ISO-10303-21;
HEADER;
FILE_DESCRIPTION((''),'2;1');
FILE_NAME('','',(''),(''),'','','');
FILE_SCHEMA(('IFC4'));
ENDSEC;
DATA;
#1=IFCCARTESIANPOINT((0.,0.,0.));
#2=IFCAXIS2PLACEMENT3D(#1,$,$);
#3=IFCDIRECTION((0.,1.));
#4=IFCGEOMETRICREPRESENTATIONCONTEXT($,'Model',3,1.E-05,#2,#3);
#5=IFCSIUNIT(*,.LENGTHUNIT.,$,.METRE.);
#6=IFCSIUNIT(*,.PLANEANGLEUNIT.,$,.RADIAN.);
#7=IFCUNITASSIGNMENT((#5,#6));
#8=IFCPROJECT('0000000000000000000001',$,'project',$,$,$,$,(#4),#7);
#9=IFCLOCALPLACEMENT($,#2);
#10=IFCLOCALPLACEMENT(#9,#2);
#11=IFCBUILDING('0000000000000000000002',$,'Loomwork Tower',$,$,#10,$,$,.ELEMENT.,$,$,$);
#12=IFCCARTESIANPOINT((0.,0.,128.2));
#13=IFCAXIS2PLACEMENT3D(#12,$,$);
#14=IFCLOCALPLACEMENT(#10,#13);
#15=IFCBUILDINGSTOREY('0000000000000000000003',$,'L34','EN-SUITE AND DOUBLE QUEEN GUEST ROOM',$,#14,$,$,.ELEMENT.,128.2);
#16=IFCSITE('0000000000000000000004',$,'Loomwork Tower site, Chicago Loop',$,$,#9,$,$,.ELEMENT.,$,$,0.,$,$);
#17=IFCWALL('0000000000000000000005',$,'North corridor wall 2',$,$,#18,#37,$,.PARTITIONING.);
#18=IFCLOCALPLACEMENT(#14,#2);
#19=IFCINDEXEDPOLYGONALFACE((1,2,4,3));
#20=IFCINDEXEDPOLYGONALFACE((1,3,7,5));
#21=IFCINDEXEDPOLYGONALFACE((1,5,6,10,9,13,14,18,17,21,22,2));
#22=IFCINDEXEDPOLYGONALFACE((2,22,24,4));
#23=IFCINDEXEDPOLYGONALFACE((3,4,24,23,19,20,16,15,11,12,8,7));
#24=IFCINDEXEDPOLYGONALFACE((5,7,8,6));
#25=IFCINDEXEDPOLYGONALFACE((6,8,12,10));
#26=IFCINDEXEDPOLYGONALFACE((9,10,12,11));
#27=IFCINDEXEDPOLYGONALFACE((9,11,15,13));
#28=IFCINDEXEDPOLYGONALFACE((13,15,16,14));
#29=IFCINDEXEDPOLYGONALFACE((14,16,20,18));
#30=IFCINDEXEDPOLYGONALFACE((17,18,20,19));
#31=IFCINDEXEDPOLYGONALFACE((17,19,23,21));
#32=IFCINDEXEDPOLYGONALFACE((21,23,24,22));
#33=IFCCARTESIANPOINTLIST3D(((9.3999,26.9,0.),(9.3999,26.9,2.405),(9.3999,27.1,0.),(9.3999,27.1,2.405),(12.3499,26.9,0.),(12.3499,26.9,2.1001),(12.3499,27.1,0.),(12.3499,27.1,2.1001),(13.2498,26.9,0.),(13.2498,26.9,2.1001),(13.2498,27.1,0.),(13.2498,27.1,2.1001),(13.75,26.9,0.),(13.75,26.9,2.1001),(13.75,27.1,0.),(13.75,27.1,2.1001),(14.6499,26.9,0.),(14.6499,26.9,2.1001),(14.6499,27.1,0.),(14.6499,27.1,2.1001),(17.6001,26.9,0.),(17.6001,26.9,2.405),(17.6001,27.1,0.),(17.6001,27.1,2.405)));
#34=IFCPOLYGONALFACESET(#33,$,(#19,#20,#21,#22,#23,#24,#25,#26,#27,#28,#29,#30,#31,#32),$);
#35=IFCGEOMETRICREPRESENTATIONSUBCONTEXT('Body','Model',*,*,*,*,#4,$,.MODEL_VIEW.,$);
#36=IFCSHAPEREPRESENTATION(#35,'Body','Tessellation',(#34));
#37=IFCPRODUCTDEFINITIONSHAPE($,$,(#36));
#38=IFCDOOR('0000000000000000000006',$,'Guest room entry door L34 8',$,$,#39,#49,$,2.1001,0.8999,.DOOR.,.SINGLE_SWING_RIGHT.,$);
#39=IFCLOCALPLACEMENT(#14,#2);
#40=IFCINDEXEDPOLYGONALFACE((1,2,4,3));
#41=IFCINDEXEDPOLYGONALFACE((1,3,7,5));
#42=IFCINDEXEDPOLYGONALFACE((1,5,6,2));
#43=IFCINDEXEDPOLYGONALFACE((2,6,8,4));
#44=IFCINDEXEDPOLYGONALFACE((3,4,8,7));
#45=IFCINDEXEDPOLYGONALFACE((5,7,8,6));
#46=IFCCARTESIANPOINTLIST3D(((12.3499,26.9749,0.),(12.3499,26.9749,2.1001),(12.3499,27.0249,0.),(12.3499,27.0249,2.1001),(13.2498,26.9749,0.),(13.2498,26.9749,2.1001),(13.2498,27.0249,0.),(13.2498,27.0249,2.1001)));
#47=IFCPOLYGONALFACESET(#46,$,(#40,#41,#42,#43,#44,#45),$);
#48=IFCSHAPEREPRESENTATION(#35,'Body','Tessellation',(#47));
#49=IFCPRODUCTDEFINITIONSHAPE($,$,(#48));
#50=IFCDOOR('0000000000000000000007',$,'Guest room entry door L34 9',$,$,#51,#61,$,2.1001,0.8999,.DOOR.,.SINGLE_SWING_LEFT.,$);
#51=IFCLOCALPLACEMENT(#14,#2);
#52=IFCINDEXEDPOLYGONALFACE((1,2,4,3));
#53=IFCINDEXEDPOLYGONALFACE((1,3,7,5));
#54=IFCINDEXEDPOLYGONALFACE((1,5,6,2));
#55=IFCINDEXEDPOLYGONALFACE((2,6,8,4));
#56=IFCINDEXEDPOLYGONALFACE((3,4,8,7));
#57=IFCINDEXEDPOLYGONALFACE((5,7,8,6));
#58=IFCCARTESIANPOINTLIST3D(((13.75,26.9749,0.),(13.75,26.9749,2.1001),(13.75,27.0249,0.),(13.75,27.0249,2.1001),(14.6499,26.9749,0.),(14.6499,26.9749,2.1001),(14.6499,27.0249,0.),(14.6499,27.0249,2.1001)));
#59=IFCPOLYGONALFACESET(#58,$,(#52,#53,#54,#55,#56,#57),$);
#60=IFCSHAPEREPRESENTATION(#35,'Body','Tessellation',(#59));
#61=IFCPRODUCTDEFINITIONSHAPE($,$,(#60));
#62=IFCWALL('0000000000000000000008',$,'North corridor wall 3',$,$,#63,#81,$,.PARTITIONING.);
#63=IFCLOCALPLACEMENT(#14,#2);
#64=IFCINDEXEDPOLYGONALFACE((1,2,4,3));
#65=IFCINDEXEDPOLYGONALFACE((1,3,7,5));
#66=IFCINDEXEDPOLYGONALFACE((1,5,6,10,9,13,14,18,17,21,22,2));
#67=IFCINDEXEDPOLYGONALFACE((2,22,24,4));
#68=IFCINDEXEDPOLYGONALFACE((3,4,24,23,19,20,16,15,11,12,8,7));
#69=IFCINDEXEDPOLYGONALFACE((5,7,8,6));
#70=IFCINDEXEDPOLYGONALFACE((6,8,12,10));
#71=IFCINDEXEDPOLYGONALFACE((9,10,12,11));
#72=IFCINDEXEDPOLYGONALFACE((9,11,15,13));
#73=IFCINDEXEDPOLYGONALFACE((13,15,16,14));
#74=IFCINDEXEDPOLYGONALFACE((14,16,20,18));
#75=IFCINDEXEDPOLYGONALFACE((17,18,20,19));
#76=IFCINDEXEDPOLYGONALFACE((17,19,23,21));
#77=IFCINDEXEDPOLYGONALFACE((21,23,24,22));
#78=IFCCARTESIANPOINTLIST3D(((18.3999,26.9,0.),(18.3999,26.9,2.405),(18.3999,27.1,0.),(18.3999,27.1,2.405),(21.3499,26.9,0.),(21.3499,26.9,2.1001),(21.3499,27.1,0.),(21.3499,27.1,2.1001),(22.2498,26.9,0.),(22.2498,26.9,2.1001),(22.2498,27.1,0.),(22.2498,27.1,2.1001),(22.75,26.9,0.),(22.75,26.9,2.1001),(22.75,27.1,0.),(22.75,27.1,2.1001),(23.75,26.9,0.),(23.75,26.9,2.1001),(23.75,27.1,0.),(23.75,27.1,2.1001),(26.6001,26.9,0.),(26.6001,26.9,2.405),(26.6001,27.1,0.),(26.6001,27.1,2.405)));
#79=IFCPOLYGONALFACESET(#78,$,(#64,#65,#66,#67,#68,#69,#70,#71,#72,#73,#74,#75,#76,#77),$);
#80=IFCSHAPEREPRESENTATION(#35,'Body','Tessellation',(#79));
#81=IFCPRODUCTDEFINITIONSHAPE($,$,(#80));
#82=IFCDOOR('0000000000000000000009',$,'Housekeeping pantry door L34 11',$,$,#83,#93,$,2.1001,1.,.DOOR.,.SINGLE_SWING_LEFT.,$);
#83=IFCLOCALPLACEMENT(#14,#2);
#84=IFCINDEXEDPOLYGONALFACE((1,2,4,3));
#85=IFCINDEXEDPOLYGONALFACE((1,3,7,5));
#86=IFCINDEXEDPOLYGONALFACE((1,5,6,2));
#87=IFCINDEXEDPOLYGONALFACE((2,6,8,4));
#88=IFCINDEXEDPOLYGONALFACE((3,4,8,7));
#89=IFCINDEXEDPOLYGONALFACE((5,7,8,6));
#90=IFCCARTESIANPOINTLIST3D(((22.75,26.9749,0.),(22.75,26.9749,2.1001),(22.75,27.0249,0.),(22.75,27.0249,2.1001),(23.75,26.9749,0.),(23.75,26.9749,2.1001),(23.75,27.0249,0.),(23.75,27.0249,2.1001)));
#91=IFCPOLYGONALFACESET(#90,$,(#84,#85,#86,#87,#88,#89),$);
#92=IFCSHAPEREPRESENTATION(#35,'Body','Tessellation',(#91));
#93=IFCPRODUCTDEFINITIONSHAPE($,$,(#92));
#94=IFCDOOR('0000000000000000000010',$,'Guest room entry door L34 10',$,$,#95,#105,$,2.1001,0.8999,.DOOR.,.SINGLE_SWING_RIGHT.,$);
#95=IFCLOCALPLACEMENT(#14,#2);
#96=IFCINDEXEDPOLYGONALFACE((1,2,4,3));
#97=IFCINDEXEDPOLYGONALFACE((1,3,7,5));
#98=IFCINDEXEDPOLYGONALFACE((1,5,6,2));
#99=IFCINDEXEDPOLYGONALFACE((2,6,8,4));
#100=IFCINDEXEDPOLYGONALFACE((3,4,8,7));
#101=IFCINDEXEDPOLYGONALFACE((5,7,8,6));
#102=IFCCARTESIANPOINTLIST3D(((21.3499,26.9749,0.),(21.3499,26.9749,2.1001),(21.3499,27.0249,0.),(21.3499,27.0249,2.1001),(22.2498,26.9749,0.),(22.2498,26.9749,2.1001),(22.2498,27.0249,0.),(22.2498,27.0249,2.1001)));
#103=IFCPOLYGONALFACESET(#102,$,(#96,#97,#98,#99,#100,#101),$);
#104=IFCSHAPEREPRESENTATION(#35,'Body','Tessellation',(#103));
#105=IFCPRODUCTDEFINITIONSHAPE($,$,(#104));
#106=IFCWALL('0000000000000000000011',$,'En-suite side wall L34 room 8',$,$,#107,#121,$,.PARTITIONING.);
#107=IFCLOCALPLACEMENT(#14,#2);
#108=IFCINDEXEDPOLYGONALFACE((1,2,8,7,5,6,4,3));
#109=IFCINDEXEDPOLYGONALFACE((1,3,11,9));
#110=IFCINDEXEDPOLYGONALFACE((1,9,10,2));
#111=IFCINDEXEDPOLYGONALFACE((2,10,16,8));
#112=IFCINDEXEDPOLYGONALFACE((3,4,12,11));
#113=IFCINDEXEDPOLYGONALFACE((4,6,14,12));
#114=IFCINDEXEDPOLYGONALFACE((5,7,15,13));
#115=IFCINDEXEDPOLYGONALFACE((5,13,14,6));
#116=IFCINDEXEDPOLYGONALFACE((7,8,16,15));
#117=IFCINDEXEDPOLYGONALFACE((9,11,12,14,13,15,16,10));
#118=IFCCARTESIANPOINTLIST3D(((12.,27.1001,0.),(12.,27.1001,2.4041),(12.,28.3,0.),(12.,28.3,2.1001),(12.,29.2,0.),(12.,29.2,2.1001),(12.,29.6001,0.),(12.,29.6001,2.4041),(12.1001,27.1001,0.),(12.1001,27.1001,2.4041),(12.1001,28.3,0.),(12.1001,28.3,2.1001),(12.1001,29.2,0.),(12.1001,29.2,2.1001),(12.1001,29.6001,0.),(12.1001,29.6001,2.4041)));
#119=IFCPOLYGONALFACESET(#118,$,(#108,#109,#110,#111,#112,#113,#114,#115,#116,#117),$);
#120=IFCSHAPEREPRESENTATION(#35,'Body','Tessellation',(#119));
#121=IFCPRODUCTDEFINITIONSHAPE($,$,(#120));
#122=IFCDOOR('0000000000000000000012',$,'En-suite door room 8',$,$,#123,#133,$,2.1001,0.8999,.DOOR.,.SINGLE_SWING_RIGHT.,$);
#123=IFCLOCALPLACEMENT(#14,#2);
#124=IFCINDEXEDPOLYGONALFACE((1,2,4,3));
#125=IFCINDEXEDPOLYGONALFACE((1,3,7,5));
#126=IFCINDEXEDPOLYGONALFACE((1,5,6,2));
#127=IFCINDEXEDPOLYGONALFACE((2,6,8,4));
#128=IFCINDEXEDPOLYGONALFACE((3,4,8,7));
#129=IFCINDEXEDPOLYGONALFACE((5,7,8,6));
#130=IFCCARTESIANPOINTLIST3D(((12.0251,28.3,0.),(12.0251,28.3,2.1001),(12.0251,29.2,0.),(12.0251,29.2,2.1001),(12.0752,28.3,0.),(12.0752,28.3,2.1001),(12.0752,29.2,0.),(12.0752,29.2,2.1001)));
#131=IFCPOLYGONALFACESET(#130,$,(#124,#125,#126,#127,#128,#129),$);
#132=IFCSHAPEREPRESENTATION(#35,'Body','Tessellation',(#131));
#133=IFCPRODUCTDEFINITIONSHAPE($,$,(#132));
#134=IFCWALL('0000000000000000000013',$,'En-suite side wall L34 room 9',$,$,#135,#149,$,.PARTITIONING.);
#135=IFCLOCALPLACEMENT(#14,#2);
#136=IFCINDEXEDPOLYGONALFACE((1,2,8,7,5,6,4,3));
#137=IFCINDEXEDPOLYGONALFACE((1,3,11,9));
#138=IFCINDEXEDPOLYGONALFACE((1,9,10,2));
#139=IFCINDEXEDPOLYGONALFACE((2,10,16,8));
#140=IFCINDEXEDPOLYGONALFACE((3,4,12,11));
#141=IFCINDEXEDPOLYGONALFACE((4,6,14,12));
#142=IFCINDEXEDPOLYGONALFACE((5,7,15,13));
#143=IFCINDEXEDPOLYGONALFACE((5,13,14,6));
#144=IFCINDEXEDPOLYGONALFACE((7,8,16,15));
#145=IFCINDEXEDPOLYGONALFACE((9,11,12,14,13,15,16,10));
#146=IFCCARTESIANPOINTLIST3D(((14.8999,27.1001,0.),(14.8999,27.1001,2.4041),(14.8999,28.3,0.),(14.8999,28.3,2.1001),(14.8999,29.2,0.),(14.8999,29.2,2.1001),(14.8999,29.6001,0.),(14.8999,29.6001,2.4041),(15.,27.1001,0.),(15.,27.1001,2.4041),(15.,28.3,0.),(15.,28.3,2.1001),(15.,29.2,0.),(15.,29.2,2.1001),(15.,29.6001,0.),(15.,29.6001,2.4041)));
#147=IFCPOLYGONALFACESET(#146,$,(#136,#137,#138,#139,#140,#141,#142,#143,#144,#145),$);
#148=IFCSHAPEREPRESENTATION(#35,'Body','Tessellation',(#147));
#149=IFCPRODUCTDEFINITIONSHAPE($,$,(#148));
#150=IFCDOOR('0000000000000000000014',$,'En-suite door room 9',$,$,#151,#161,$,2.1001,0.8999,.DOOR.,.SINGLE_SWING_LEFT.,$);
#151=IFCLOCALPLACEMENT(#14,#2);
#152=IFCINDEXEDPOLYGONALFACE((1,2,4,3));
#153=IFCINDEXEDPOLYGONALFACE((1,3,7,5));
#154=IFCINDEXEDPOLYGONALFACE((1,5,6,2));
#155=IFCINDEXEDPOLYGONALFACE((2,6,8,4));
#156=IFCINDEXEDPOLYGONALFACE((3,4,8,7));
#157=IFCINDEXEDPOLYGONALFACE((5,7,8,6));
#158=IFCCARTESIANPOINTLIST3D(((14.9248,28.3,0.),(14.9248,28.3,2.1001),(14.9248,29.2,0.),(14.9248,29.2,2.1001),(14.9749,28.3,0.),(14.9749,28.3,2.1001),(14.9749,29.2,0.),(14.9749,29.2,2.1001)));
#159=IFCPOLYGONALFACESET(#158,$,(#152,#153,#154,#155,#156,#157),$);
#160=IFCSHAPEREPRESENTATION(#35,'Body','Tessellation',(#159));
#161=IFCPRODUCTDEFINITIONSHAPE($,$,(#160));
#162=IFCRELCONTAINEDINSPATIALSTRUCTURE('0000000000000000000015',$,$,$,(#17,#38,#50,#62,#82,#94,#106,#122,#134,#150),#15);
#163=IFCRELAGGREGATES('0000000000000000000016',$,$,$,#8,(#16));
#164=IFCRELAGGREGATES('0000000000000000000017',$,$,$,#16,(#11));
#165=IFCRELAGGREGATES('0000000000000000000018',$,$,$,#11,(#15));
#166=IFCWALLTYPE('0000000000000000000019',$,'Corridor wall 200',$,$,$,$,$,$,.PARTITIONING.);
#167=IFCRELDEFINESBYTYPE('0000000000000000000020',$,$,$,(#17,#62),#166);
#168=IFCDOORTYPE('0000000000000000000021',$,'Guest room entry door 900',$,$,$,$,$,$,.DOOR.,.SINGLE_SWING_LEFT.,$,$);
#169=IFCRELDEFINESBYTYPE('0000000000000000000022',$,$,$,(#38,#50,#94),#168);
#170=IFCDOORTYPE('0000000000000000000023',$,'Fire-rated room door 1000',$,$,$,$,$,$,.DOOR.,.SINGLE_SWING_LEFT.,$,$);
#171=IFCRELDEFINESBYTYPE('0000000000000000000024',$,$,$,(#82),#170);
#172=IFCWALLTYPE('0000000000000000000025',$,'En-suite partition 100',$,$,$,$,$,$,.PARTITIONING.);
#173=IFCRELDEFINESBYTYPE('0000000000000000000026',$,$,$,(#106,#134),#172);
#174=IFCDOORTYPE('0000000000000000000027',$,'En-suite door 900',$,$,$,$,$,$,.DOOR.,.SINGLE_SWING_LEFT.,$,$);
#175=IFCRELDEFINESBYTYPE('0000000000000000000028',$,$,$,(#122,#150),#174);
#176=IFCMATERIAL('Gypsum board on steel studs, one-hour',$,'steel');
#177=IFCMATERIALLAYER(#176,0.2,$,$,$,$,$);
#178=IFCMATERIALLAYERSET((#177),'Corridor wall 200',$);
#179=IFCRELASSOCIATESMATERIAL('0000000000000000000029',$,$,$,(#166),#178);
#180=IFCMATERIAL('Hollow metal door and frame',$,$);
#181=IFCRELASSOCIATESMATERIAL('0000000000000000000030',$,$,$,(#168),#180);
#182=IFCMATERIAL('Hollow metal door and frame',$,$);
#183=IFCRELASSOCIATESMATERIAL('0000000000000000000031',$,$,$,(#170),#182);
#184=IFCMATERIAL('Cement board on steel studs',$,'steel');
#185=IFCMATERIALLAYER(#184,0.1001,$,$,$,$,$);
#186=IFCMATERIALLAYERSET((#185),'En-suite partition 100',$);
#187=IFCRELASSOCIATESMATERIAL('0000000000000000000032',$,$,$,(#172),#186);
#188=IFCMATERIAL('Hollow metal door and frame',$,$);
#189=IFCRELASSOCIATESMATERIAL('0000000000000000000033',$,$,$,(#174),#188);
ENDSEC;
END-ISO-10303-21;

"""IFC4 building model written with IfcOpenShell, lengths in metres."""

from ifc_helpers import new_model, si_unit, direction, frame, frame_2d, origin, place, context, subcontext, project, spatial, rectangle, extrude, material, layer, layer_set, type_object, element, fill, save


model = new_model("IFC4")

# Units and contexts
model_context = context("Model", 3, precision=1e-05, world=origin(), true_north=direction((0.0, 1.0)))
body_context = subcontext(model_context, "Body", "Model", "MODEL_VIEW")
ifc_project = project(units=[si_unit("LENGTHUNIT", "METRE"), si_unit("PLANEANGLEUNIT", "RADIAN")], contexts=[model_context])

# Site, building, storey
site_placement = place(None, origin())
site = spatial("IfcSite", under=ifc_project, at=site_placement, Name="Loomwork Tower site, Chicago Loop", CompositionType="ELEMENT", RefElevation=0.0)
building_placement = place(site_placement, origin())
building = spatial("IfcBuilding", under=site, at=building_placement, Name="Loomwork Tower", CompositionType="ELEMENT")
storey_placement = place(building_placement, frame((0.0, 0.0, 128.2)))
storey = spatial("IfcBuildingStorey", under=building, at=storey_placement, Name="L34", Description="EN-SUITE AND DOUBLE QUEEN GUEST ROOM", CompositionType="ELEMENT", Elevation=128.2)

# Walls, openings, doors
ifc_material_1 = material(Name="Gypsum board on steel studs, one-hour", Category="steel")
ifc_layer_1 = layer(ifc_material_1, 0.2)
ifc_layer_set_1 = layer_set([ifc_layer_1], Name="Corridor wall 200")
wall_type_1 = type_object("IfcWallType", Name="Corridor wall 200", PredefinedType="PARTITIONING", material=ifc_layer_set_1)
wall_1_placement = place(storey_placement, frame((9.3999, 27.0, 0.0), z_axis=(0.0, 0.0, 1.0), x_axis=(1.0, 0.0, 0.0)))
wall_1 = element("IfcWall", 1, at=wall_1_placement, inside=storey, type_object=wall_type_1, Name="North corridor wall 2", PredefinedType="PARTITIONING", context=body_context, shape_type="SweptSolid", body=[
    extrude(rectangle(XDim=8.2002, YDim=0.2, at=frame_2d((4.1001, 0.0))), origin(), (0.0, 0.0, 1.0), 2.405),
])
opening_1_placement = place(wall_1_placement, frame((2.95, 0.0, 0.0)))
opening_1 = element("IfcOpeningElement", 2, at=opening_1_placement, cuts=wall_1, PredefinedType="OPENING", context=body_context, shape_type="SweptSolid", body=[
    extrude(rectangle(XDim=0.8999, YDim=2.1001, at=frame_2d((0.45, 1.05))), frame((0.0, 0.1099, 0.0), z_axis=(0.0, -1.0, 0.0), x_axis=(1.0, 0.0, 0.0)), (0.0, 0.0, 1.0), 0.22),
])
opening_2_placement = place(wall_1_placement, frame((4.3501, 0.0, 0.0)))
opening_2 = element("IfcOpeningElement", 3, at=opening_2_placement, cuts=wall_1, PredefinedType="OPENING", context=body_context, shape_type="SweptSolid", body=[
    extrude(rectangle(XDim=0.8999, YDim=2.1001, at=frame_2d((0.45, 1.05))), frame((0.0, 0.1099, 0.0), z_axis=(0.0, -1.0, 0.0), x_axis=(1.0, 0.0, 0.0)), (0.0, 0.0, 1.0), 0.22),
])
ifc_material_2 = material(Name="Hollow metal door and frame")
door_type_1 = type_object("IfcDoorType", Name="Guest room entry door 900", OperationType="SINGLE_SWING_LEFT", PredefinedType="DOOR", material=ifc_material_2)
door_1_placement = place(opening_1_placement, origin())
door_1 = element("IfcDoor", 4, at=door_1_placement, inside=storey, type_object=door_type_1, Name="Guest room entry door L34 8", OperationType="SINGLE_SWING_RIGHT", OverallHeight=2.1001, OverallWidth=0.8999, PredefinedType="DOOR", context=body_context, shape_type="SweptSolid", body=[
    extrude(rectangle(XDim=0.8999, YDim=2.1001, at=frame_2d((0.45, 1.05))), frame((0.0, 0.0249, 0.0), z_axis=(0.0, -1.0, 0.0), x_axis=(1.0, 0.0, 0.0)), (0.0, 0.0, 1.0), 0.05),
])
fill(opening_1, door_1)
door_2_placement = place(opening_2_placement, origin())
door_2 = element("IfcDoor", 5, at=door_2_placement, inside=storey, type_object=door_type_1, Name="Guest room entry door L34 9", OperationType="SINGLE_SWING_LEFT", OverallHeight=2.1001, OverallWidth=0.8999, PredefinedType="DOOR", context=body_context, shape_type="SweptSolid", body=[
    extrude(rectangle(XDim=0.8999, YDim=2.1001, at=frame_2d((0.45, 1.05))), frame((0.0, 0.0249, 0.0), z_axis=(0.0, -1.0, 0.0), x_axis=(1.0, 0.0, 0.0)), (0.0, 0.0, 1.0), 0.05),
])
fill(opening_2, door_2)
wall_2_placement = place(storey_placement, frame((18.3999, 27.0, 0.0), z_axis=(0.0, 0.0, 1.0), x_axis=(1.0, 0.0, 0.0)))
wall_2 = element("IfcWall", 6, at=wall_2_placement, inside=storey, type_object=wall_type_1, Name="North corridor wall 3", PredefinedType="PARTITIONING", context=body_context, shape_type="SweptSolid", body=[
    extrude(rectangle(XDim=8.2002, YDim=0.2, at=frame_2d((4.1001, 0.0))), origin(), (0.0, 0.0, 1.0), 2.405),
])
opening_3_placement = place(wall_2_placement, frame((2.95, 0.0, 0.0)))
opening_3 = element("IfcOpeningElement", 7, at=opening_3_placement, cuts=wall_2, PredefinedType="OPENING", context=body_context, shape_type="SweptSolid", body=[
    extrude(rectangle(XDim=0.8999, YDim=2.1001, at=frame_2d((0.45, 1.05))), frame((0.0, 0.1099, 0.0), z_axis=(0.0, -1.0, 0.0), x_axis=(1.0, 0.0, 0.0)), (0.0, 0.0, 1.0), 0.22),
])
opening_4_placement = place(wall_2_placement, frame((4.3501, 0.0, 0.0)))
opening_4 = element("IfcOpeningElement", 8, at=opening_4_placement, cuts=wall_2, PredefinedType="OPENING", context=body_context, shape_type="SweptSolid", body=[
    extrude(rectangle(XDim=1.0, YDim=2.1001, at=frame_2d((0.5, 1.05))), frame((0.0, 0.1099, 0.0), z_axis=(0.0, -1.0, 0.0), x_axis=(1.0, 0.0, 0.0)), (0.0, 0.0, 1.0), 0.22),
])
ifc_material_3 = material(Name="Hollow metal door and frame")
door_type_2 = type_object("IfcDoorType", Name="Fire-rated room door 1000", OperationType="SINGLE_SWING_LEFT", PredefinedType="DOOR", material=ifc_material_3)
door_3_placement = place(opening_4_placement, origin())
door_3 = element("IfcDoor", 9, at=door_3_placement, inside=storey, type_object=door_type_2, Name="Housekeeping pantry door L34 11", OperationType="SINGLE_SWING_LEFT", OverallHeight=2.1001, OverallWidth=1.0, PredefinedType="DOOR", context=body_context, shape_type="SweptSolid", body=[
    extrude(rectangle(XDim=1.0, YDim=2.1001, at=frame_2d((0.5, 1.05))), frame((0.0, 0.0249, 0.0), z_axis=(0.0, -1.0, 0.0), x_axis=(1.0, 0.0, 0.0)), (0.0, 0.0, 1.0), 0.05),
])
fill(opening_4, door_3)
door_4_placement = place(opening_3_placement, origin())
door_4 = element("IfcDoor", 10, at=door_4_placement, inside=storey, type_object=door_type_1, Name="Guest room entry door L34 10", OperationType="SINGLE_SWING_RIGHT", OverallHeight=2.1001, OverallWidth=0.8999, PredefinedType="DOOR", context=body_context, shape_type="SweptSolid", body=[
    extrude(rectangle(XDim=0.8999, YDim=2.1001, at=frame_2d((0.45, 1.05))), frame((0.0, 0.0249, 0.0), z_axis=(0.0, -1.0, 0.0), x_axis=(1.0, 0.0, 0.0)), (0.0, 0.0, 1.0), 0.05),
])
fill(opening_3, door_4)

# Walls, openings, doors
ifc_material_4 = material(Name="Cement board on steel studs", Category="steel")
ifc_layer_2 = layer(ifc_material_4, 0.1001)
ifc_layer_set_2 = layer_set([ifc_layer_2], Name="En-suite partition 100")
wall_type_2 = type_object("IfcWallType", Name="En-suite partition 100", PredefinedType="PARTITIONING", material=ifc_layer_set_2)
wall_3_placement = place(storey_placement, frame((12.05, 27.1001, 0.0), z_axis=(0.0, 0.0, 1.0), x_axis=(0.0, 1.0, 0.0)))
wall_3 = element("IfcWall", 11, at=wall_3_placement, inside=storey, type_object=wall_type_2, Name="En-suite side wall L34 room 8", PredefinedType="PARTITIONING", context=body_context, shape_type="SweptSolid", body=[
    extrude(rectangle(XDim=2.5, YDim=0.1001, at=frame_2d((1.25, 0.0))), origin(), (0.0, 0.0, 1.0), 2.4041),
])
opening_5_placement = place(wall_3_placement, frame((1.2, 0.0, 0.0)))
opening_5 = element("IfcOpeningElement", 12, at=opening_5_placement, cuts=wall_3, PredefinedType="OPENING", context=body_context, shape_type="SweptSolid", body=[
    extrude(rectangle(XDim=0.8999, YDim=2.1001, at=frame_2d((0.45, 1.05))), frame((0.0, 0.0601, 0.0), z_axis=(0.0, -1.0, 0.0), x_axis=(1.0, 0.0, 0.0)), (0.0, 0.0, 1.0), 0.1201),
])
ifc_material_5 = material(Name="Hollow metal door and frame")
door_type_3 = type_object("IfcDoorType", Name="En-suite door 900", OperationType="SINGLE_SWING_LEFT", PredefinedType="DOOR", material=ifc_material_5)
door_5_placement = place(opening_5_placement, origin())
door_5 = element("IfcDoor", 13, at=door_5_placement, inside=storey, type_object=door_type_3, Name="En-suite door room 8", OperationType="SINGLE_SWING_RIGHT", OverallHeight=2.1001, OverallWidth=0.8999, PredefinedType="DOOR", context=body_context, shape_type="SweptSolid", body=[
    extrude(rectangle(XDim=0.8999, YDim=2.1001, at=frame_2d((0.45, 1.05))), frame((0.0, 0.0249, 0.0), z_axis=(0.0, -1.0, 0.0), x_axis=(1.0, 0.0, 0.0)), (0.0, 0.0, 1.0), 0.05),
])
fill(opening_5, door_5)
wall_4_placement = place(storey_placement, frame((14.95, 27.1001, 0.0), z_axis=(0.0, 0.0, 1.0), x_axis=(0.0, 1.0, 0.0)))
wall_4 = element("IfcWall", 14, at=wall_4_placement, inside=storey, type_object=wall_type_2, Name="En-suite side wall L34 room 9", PredefinedType="PARTITIONING", context=body_context, shape_type="SweptSolid", body=[
    extrude(rectangle(XDim=2.5, YDim=0.1001, at=frame_2d((1.25, 0.0))), origin(), (0.0, 0.0, 1.0), 2.4041),
])
opening_6_placement = place(wall_4_placement, frame((1.2, 0.0, 0.0)))
opening_6 = element("IfcOpeningElement", 15, at=opening_6_placement, cuts=wall_4, PredefinedType="OPENING", context=body_context, shape_type="SweptSolid", body=[
    extrude(rectangle(XDim=0.8999, YDim=2.1001, at=frame_2d((0.45, 1.05))), frame((0.0, 0.0601, 0.0), z_axis=(0.0, -1.0, 0.0), x_axis=(1.0, 0.0, 0.0)), (0.0, 0.0, 1.0), 0.1201),
])
door_6_placement = place(opening_6_placement, frame((0.8999, 0.0, 0.0), z_axis=(0.0, 0.0, 1.0), x_axis=(-1.0, 0.0, 0.0)))
door_6 = element("IfcDoor", 16, at=door_6_placement, inside=storey, type_object=door_type_3, Name="En-suite door room 9", OperationType="SINGLE_SWING_LEFT", OverallHeight=2.1001, OverallWidth=0.8999, PredefinedType="DOOR", context=body_context, shape_type="SweptSolid", body=[
    extrude(rectangle(XDim=0.8999, YDim=2.1001, at=frame_2d((0.45, 1.05))), frame((0.0, 0.0249, 0.0), z_axis=(0.0, -1.0, 0.0), x_axis=(1.0, 0.0, 0.0)), (0.0, 0.0, 1.0), 0.05),
])
fill(opening_6, door_6)

save(model, "model.ifc")
